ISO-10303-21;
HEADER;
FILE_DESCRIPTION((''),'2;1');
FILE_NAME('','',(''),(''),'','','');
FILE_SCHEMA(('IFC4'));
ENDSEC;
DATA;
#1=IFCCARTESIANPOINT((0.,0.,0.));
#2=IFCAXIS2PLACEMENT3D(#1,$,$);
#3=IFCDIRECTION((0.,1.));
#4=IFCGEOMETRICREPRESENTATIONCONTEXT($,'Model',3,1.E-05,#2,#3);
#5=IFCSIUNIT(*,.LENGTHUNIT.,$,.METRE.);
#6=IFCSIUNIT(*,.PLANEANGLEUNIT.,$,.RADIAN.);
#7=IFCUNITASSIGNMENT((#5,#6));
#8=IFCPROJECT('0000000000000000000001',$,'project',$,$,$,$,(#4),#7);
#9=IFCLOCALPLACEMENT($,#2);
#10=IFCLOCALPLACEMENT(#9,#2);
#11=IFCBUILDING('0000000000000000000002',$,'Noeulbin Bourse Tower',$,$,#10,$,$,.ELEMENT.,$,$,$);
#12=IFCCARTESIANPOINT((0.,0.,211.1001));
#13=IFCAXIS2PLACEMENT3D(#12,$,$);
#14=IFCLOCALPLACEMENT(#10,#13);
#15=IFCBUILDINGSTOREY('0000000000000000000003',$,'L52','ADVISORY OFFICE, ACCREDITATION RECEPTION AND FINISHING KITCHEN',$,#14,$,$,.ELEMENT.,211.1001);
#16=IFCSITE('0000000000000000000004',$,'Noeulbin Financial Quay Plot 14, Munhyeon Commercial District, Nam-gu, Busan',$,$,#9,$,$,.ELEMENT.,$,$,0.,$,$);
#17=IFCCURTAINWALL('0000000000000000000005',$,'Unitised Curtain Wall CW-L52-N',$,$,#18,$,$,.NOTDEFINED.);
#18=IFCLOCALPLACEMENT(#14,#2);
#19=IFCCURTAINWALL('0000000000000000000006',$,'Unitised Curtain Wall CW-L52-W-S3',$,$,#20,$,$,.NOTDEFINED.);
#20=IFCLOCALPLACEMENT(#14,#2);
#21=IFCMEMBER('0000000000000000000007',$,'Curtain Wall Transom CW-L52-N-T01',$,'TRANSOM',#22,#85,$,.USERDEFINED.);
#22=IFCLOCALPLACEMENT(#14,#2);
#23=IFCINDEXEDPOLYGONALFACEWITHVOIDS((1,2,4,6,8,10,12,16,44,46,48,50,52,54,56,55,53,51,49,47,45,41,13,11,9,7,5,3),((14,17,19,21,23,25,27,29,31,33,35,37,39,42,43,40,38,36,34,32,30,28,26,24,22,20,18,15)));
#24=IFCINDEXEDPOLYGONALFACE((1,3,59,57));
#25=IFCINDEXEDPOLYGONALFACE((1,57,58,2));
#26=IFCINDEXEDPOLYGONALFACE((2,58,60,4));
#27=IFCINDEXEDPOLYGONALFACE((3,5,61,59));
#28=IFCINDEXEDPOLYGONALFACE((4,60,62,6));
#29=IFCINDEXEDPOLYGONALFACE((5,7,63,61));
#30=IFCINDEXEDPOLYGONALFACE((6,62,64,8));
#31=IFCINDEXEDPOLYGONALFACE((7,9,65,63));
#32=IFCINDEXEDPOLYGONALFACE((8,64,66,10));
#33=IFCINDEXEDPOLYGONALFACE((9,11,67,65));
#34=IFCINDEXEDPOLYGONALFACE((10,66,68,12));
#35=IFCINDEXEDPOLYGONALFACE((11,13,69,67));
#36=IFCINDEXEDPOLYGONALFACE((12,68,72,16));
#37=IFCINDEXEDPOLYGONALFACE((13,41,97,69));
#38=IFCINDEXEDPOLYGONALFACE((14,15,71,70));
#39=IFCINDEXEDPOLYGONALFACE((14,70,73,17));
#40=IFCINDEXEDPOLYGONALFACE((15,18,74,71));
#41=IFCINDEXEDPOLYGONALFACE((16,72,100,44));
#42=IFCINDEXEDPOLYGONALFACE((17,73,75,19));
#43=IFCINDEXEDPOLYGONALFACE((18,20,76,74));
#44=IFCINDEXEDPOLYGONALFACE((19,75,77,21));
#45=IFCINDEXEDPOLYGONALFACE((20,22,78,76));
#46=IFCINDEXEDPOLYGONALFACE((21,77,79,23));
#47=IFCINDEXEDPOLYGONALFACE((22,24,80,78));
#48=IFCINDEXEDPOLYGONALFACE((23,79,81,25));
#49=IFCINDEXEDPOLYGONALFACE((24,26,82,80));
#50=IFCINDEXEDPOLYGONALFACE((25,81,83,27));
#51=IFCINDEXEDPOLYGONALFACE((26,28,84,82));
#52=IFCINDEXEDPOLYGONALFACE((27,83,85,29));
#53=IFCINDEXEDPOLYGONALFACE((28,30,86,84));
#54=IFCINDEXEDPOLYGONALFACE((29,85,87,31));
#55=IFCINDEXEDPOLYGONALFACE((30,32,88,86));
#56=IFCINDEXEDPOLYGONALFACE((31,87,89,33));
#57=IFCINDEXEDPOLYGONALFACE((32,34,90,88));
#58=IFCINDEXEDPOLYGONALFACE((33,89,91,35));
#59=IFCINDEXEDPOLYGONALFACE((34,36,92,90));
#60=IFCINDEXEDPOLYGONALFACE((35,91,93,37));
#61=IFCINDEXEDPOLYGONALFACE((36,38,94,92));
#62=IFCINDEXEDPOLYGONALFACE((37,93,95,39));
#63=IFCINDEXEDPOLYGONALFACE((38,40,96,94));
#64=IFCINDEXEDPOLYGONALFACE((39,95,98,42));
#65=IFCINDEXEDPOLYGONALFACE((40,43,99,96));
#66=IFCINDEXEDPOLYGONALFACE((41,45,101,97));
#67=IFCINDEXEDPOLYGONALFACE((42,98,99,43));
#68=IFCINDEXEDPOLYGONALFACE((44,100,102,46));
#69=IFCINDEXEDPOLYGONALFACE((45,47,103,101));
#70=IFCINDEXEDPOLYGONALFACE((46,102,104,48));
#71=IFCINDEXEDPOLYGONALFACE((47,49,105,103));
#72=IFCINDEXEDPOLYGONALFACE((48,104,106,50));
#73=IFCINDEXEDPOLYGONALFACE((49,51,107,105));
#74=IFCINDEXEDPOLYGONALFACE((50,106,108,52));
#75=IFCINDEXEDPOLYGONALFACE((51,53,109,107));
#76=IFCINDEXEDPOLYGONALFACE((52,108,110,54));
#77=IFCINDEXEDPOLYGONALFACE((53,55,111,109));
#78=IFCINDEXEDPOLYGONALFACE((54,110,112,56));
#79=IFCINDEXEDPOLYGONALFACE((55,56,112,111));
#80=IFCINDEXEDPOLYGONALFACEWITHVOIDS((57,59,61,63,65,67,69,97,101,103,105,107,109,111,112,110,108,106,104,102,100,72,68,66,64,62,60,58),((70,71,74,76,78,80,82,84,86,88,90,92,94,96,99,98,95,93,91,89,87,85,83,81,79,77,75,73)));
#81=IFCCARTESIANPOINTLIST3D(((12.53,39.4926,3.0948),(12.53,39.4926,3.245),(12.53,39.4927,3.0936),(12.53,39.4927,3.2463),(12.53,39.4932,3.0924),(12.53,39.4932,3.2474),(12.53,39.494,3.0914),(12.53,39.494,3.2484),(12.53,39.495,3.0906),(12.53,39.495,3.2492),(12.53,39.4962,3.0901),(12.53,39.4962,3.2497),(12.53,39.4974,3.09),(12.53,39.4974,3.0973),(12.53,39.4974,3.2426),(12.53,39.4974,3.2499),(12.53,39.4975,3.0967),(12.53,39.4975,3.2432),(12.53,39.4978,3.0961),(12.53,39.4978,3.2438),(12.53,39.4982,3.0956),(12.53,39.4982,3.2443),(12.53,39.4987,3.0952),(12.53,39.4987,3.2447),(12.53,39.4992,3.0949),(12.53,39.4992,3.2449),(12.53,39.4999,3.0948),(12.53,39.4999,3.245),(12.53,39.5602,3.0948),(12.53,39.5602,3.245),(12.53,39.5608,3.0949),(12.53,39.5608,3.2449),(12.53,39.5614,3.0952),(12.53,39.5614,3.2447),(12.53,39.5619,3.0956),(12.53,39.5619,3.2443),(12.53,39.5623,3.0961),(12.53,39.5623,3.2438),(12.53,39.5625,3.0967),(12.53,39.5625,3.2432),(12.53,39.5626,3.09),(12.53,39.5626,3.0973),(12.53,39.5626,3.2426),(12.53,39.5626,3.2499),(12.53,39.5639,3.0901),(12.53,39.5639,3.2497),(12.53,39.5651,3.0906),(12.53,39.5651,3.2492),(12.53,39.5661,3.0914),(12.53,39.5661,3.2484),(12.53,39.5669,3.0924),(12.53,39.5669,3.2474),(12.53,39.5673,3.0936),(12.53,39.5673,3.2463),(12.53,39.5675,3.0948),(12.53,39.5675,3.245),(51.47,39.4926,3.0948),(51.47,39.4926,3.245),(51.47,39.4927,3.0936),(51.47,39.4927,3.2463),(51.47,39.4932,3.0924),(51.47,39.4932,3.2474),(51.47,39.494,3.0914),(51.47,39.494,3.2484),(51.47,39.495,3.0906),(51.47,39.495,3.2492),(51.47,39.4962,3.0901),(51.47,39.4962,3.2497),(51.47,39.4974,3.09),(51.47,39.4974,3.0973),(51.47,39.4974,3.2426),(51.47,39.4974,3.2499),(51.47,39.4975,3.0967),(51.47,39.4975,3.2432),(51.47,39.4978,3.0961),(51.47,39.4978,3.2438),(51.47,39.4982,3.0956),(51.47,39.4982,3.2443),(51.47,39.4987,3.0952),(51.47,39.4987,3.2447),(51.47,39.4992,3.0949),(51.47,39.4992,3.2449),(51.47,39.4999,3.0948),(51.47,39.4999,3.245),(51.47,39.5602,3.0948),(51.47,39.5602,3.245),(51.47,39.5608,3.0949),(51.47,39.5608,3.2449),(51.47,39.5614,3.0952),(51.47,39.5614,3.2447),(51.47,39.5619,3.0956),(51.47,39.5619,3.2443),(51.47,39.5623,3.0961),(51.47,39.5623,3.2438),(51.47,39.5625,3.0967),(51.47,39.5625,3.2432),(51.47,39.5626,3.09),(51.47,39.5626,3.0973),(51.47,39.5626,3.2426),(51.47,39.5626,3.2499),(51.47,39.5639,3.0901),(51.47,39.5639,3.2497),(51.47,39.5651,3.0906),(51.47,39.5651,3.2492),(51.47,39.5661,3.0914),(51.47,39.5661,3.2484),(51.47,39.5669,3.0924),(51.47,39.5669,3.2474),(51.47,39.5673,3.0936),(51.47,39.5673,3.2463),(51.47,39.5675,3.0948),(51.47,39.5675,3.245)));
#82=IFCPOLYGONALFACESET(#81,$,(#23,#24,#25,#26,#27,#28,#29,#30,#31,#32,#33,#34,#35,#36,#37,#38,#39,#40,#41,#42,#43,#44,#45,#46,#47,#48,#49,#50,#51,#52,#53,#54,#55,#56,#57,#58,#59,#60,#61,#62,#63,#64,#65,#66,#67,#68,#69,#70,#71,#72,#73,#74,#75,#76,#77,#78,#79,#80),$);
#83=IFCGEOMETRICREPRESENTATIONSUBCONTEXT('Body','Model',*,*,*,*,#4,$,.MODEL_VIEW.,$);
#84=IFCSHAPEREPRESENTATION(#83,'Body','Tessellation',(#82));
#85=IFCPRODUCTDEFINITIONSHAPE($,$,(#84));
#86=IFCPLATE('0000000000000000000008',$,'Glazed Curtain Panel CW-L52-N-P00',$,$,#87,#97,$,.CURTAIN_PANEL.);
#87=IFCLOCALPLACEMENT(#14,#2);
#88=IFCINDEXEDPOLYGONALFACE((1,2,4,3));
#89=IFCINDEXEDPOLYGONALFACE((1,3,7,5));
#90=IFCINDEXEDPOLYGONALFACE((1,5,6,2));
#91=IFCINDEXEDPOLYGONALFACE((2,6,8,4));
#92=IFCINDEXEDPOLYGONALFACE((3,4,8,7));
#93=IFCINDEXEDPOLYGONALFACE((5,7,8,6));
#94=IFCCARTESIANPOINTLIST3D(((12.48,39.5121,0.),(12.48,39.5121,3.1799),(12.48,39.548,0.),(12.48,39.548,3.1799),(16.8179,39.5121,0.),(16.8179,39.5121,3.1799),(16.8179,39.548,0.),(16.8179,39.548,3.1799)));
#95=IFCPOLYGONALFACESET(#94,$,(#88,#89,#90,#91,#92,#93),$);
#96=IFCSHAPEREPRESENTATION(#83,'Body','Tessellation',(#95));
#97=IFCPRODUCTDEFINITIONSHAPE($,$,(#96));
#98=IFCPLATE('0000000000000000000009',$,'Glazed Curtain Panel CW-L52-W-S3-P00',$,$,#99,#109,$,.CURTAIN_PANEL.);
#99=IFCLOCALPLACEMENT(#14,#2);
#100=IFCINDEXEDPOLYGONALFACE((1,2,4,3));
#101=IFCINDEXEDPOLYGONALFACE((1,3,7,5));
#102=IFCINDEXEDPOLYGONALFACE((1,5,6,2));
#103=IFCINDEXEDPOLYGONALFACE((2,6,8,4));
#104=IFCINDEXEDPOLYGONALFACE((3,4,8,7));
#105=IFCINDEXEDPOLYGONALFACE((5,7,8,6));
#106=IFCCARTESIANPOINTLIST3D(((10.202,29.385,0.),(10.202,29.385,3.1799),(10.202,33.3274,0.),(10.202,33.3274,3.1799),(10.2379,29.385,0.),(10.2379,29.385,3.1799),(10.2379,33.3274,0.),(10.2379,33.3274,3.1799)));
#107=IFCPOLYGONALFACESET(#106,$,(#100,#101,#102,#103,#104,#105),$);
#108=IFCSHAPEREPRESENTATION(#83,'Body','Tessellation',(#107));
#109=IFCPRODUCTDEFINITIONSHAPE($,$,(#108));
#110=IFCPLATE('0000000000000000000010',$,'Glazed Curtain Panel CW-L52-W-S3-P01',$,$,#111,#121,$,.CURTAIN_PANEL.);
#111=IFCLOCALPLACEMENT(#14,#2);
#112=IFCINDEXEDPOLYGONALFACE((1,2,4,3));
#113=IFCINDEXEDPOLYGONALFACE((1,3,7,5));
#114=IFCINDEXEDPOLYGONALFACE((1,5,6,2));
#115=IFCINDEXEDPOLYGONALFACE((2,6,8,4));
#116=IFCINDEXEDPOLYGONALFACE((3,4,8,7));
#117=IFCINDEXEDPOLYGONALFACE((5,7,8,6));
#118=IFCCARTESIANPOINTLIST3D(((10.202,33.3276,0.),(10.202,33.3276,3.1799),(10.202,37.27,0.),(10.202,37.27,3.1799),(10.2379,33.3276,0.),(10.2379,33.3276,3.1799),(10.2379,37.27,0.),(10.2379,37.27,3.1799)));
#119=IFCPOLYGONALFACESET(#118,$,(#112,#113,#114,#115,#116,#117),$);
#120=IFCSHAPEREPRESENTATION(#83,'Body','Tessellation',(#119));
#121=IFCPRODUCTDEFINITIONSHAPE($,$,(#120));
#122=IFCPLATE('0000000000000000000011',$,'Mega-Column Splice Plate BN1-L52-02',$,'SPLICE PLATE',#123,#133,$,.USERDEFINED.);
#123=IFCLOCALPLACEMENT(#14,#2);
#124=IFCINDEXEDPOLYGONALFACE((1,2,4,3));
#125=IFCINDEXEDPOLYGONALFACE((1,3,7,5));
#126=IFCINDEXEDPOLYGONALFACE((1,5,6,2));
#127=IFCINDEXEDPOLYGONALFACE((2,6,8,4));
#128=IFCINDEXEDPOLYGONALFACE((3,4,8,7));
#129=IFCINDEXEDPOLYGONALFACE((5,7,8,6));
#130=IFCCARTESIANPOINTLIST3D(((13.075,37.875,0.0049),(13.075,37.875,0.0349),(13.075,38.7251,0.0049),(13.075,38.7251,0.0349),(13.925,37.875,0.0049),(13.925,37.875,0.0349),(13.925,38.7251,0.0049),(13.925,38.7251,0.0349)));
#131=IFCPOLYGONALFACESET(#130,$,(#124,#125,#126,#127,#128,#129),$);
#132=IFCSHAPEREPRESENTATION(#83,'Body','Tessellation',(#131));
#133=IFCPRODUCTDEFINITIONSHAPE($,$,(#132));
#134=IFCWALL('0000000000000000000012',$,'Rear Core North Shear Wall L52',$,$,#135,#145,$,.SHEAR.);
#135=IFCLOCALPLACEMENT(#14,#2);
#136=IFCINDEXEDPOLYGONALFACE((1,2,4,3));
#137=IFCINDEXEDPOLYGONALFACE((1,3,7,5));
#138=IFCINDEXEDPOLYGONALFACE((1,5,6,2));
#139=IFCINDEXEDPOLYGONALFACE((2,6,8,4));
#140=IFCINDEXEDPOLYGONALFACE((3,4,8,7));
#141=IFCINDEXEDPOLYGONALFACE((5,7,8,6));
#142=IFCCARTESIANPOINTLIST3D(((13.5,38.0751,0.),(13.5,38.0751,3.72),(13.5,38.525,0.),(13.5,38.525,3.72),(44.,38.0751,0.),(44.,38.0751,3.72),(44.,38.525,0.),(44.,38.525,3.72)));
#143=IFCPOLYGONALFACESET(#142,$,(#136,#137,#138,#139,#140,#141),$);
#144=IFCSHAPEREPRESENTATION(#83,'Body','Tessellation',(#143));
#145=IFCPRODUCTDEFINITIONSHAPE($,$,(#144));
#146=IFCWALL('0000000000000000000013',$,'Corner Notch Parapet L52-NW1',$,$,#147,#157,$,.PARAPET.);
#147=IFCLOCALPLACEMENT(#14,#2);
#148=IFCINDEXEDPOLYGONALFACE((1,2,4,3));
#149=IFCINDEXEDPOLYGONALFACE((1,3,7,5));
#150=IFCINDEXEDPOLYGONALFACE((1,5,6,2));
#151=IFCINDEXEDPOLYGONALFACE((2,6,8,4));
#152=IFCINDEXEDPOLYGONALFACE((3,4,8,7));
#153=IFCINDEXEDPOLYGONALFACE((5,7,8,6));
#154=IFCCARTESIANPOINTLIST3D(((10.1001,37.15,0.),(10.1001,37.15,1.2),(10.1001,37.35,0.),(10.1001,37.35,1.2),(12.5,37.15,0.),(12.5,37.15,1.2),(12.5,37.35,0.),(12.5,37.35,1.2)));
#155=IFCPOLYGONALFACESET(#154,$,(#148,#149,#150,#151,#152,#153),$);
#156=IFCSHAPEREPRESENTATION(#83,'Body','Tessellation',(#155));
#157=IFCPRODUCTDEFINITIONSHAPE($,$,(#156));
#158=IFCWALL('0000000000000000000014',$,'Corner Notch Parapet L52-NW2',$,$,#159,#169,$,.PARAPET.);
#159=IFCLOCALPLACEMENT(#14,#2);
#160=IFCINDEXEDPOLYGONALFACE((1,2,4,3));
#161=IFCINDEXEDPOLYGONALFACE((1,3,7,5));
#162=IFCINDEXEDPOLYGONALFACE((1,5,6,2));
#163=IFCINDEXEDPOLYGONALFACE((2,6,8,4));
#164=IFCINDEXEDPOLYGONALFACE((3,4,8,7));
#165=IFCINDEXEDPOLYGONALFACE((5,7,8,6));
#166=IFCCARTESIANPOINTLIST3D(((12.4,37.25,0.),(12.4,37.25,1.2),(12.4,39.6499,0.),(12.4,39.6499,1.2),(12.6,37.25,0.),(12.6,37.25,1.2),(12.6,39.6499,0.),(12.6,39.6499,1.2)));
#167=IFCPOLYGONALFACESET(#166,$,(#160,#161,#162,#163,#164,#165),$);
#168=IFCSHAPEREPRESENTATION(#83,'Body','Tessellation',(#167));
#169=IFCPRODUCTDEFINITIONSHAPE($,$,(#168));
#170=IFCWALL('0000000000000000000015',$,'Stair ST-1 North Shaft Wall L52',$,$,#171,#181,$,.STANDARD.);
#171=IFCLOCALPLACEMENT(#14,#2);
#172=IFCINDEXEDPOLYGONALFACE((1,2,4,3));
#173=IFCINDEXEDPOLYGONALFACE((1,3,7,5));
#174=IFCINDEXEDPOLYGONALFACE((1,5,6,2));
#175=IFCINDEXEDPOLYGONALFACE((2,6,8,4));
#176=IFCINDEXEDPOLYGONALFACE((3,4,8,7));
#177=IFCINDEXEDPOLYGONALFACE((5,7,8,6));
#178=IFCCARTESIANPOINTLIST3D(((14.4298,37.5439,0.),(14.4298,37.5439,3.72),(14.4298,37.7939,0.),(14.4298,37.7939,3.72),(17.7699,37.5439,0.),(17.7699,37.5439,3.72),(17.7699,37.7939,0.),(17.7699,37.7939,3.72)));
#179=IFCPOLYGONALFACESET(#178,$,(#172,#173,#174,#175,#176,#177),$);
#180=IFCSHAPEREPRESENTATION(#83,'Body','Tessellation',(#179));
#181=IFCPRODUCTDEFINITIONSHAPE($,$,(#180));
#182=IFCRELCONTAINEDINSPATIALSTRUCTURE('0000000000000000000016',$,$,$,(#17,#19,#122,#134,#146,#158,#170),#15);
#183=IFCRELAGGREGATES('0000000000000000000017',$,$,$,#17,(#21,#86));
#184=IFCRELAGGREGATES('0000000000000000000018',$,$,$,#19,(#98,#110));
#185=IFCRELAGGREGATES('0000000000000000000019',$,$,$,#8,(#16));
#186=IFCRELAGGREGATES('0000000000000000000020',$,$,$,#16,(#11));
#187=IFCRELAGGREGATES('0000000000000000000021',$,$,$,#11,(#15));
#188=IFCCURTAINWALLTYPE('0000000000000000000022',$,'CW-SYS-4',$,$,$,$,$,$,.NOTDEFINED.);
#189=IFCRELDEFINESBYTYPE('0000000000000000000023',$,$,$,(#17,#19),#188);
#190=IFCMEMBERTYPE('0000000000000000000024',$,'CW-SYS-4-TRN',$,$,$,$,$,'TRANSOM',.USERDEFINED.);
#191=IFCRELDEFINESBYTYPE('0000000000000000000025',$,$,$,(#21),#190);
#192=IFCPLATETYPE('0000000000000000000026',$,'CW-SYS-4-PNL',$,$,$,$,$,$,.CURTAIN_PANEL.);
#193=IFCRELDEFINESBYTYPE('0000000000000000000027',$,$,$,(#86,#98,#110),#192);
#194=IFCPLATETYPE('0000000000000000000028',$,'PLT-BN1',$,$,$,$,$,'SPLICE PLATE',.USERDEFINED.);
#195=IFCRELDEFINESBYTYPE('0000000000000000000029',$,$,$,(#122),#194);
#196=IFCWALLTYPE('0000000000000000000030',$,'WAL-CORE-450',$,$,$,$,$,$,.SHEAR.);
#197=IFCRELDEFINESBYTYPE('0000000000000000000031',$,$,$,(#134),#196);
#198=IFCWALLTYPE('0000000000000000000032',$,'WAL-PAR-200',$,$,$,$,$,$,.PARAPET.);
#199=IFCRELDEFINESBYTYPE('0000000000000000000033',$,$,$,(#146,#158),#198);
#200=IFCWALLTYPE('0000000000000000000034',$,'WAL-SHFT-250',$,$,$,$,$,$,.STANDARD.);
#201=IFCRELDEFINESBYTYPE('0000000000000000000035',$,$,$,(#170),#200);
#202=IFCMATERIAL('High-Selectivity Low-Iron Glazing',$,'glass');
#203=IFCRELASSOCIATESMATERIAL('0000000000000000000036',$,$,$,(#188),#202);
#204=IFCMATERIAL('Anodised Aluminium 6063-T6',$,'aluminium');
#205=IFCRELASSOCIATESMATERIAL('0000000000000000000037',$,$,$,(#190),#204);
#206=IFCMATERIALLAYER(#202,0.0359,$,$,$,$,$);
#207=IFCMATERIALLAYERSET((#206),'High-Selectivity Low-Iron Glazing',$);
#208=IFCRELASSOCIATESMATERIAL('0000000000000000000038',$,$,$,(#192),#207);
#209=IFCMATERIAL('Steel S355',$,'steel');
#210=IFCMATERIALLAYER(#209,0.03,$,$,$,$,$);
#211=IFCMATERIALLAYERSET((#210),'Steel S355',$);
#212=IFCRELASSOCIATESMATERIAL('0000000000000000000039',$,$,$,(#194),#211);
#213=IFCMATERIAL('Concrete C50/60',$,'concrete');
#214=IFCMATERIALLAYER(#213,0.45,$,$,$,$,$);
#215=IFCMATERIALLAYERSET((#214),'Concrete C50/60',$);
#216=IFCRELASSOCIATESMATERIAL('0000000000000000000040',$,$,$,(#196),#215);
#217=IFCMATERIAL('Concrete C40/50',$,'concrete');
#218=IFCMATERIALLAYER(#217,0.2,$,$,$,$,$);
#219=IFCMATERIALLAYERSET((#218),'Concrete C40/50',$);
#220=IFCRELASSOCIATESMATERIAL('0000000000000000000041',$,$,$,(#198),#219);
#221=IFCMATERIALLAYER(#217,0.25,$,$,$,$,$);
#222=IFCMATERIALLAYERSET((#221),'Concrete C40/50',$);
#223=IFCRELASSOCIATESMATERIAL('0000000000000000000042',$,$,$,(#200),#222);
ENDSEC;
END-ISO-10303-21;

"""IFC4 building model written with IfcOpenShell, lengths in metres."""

from ifc_helpers import new_model, si_unit, direction, frame, frame_2d, origin, origin_2d, place, context, subcontext, project, spatial, rectangle, hollow_rectangle, extrude, material, layer, layer_set, material_profile, profile_set, type_object, element, aggregate, save


model = new_model("IFC4")

# Units and contexts
model_context = context("Model", 3, precision=1e-05, world=origin(), true_north=direction((0.0, 1.0)))
body_context = subcontext(model_context, "Body", "Model", "MODEL_VIEW")
ifc_project = project(units=[si_unit("LENGTHUNIT", "METRE"), si_unit("PLANEANGLEUNIT", "RADIAN")], contexts=[model_context])

# Site, building, storey
site_placement = place(None, origin())
site = spatial("IfcSite", under=ifc_project, at=site_placement, Name="Noeulbin Financial Quay Plot 14, Munhyeon Commercial District, Nam-gu, Busan", CompositionType="ELEMENT", RefElevation=0.0)
building_placement = place(site_placement, origin())
building = spatial("IfcBuilding", under=site, at=building_placement, Name="Noeulbin Bourse Tower", CompositionType="ELEMENT")
storey_placement = place(building_placement, frame((0.0, 0.0, 211.1001)))
storey = spatial("IfcBuildingStorey", under=building, at=storey_placement, Name="L52", Description="ADVISORY OFFICE, ACCREDITATION RECEPTION AND FINISHING KITCHEN", CompositionType="ELEMENT", Elevation=211.1001)

# Shared definitions
ifc_material_1 = material(Name="Steel S355", Category="steel")

# Curtain wall
ifc_material_2 = material(Name="High-Selectivity Low-Iron Glazing", Category="glass")
curtain_wall_type = type_object("IfcCurtainWallType", Name="CW-SYS-4", PredefinedType="NOTDEFINED", material=ifc_material_2)
curtain_wall_1_placement = place(storey_placement, origin())
curtain_wall_1 = element("IfcCurtainWall", 1, at=curtain_wall_1_placement, inside=storey, type_object=curtain_wall_type, Name="Unitised Curtain Wall CW-L52-N", PredefinedType="NOTDEFINED")
ifc_material_3 = material(Name="Anodised Aluminium 6063-T6", Category="aluminium")

# Curtain wall
curtain_wall_2_placement = place(storey_placement, origin())
curtain_wall_2 = element("IfcCurtainWall", 2, at=curtain_wall_2_placement, inside=storey, type_object=curtain_wall_type, Name="Unitised Curtain Wall CW-L52-W-S3", PredefinedType="NOTDEFINED")

# Member
ifc_material_profile_1 = material_profile(ifc_material_3, hollow_rectangle(XDim=0.075, YDim=0.1599, WallThickness=0.0049, InnerFilletRadius=0.0024, OuterFilletRadius=0.0049, at=origin_2d()), Name="ALU-TRAN-75x160x5", Category="LoadBearing")
ifc_profile_set_1 = profile_set([ifc_material_profile_1], Name="Anodised Aluminium 6063-T6")
member_type_1 = type_object("IfcMemberType", Name="CW-SYS-4-TRN", ElementType="TRANSOM", PredefinedType="USERDEFINED", material=ifc_profile_set_1)
member_1_placement = place(storey_placement, frame((12.53, 39.53, 3.1699), z_axis=(1.0, 0.0, 0.0), x_axis=(0.0, 1.0, 0.0)))
member_1 = element("IfcMember", 3, at=member_1_placement, type_object=member_type_1, Name="Curtain Wall Transom CW-L52-N-T01", ObjectType="TRANSOM", PredefinedType="USERDEFINED", context=body_context, shape_type="SweptSolid", body=[
    extrude(hollow_rectangle(XDim=0.075, YDim=0.1599, WallThickness=0.0049, InnerFilletRadius=0.0024, OuterFilletRadius=0.0049, at=origin_2d()), origin(), (0.0, 0.0, 1.0), 38.9399),
])

# Plates
ifc_layer_1 = layer(ifc_material_2, 0.0359)
ifc_layer_set_1 = layer_set([ifc_layer_1], Name="High-Selectivity Low-Iron Glazing")
plate_type_1 = type_object("IfcPlateType", Name="CW-SYS-4-PNL", PredefinedType="CURTAIN_PANEL", material=ifc_layer_set_1)
plate_1_placement = place(storey_placement, frame((14.6489, 39.53, 0.0), z_axis=(0.0, 0.0, 1.0), x_axis=(1.0, 0.0, 0.0)))
plate_1 = element("IfcPlate", 4, at=plate_1_placement, type_object=plate_type_1, Name="Glazed Curtain Panel CW-L52-N-P00", PredefinedType="CURTAIN_PANEL", context=body_context, shape_type="SweptSolid", body=[
    extrude(rectangle(XDim=4.3379, YDim=0.0359, at=origin_2d()), origin(), (0.0, 0.0, 1.0), 3.1799),
])
aggregate(curtain_wall_1, [member_1, plate_1])
plate_2_placement = place(storey_placement, frame((10.22, 31.3562, 0.0), z_axis=(0.0, 0.0, 1.0), x_axis=(0.0, 1.0, 0.0)))
plate_2 = element("IfcPlate", 5, at=plate_2_placement, type_object=plate_type_1, Name="Glazed Curtain Panel CW-L52-W-S3-P00", PredefinedType="CURTAIN_PANEL", context=body_context, shape_type="SweptSolid", body=[
    extrude(rectangle(XDim=3.9424, YDim=0.0359, at=origin_2d()), origin(), (0.0, 0.0, 1.0), 3.1799),
])
plate_3_placement = place(storey_placement, frame((10.22, 35.2988, 0.0), z_axis=(0.0, 0.0, 1.0), x_axis=(0.0, 1.0, 0.0)))
plate_3 = element("IfcPlate", 6, at=plate_3_placement, type_object=plate_type_1, Name="Glazed Curtain Panel CW-L52-W-S3-P01", PredefinedType="CURTAIN_PANEL", context=body_context, shape_type="SweptSolid", body=[
    extrude(rectangle(XDim=3.9424, YDim=0.0359, at=origin_2d()), origin(), (0.0, 0.0, 1.0), 3.1799),
])
aggregate(curtain_wall_2, [plate_2, plate_3])
ifc_layer_2 = layer(ifc_material_1, 0.03)
ifc_layer_set_2 = layer_set([ifc_layer_2], Name="Steel S355")
plate_type_2 = type_object("IfcPlateType", Name="PLT-BN1", ElementType="SPLICE PLATE", PredefinedType="USERDEFINED", material=ifc_layer_set_2)
plate_4_placement = place(storey_placement, frame((13.5, 38.3, 0.0049), z_axis=(0.0, 0.0, 1.0), x_axis=(1.0, 0.0, 0.0)))
element("IfcPlate", 7, at=plate_4_placement, inside=storey, type_object=plate_type_2, Name="Mega-Column Splice Plate BN1-L52-02", ObjectType="SPLICE PLATE", PredefinedType="USERDEFINED", context=body_context, shape_type="SweptSolid", body=[
    extrude(rectangle(XDim=0.8501, YDim=0.8501, at=origin_2d()), origin(), (0.0, 0.0, 1.0), 0.03),
])

# Walls
ifc_material_4 = material(Name="Concrete C50/60", Category="concrete")
ifc_layer_3 = layer(ifc_material_4, 0.45)
ifc_layer_set_3 = layer_set([ifc_layer_3], Name="Concrete C50/60")
wall_type_1 = type_object("IfcWallType", Name="WAL-CORE-450", PredefinedType="SHEAR", material=ifc_layer_set_3)
wall_1_placement = place(storey_placement, frame((13.5, 38.3, 0.0), z_axis=(0.0, 0.0, 1.0), x_axis=(1.0, 0.0, 0.0)))
element("IfcWall", 8, at=wall_1_placement, inside=storey, type_object=wall_type_1, Name="Rear Core North Shear Wall L52", PredefinedType="SHEAR", context=body_context, shape_type="SweptSolid", body=[
    extrude(rectangle(XDim=30.5, YDim=0.45, at=frame_2d((15.25, 0.0))), origin(), (0.0, 0.0, 1.0), 3.72),
])
ifc_material_5 = material(Name="Concrete C40/50", Category="concrete")
ifc_layer_4 = layer(ifc_material_5, 0.2)
ifc_layer_set_4 = layer_set([ifc_layer_4], Name="Concrete C40/50")
wall_type_2 = type_object("IfcWallType", Name="WAL-PAR-200", PredefinedType="PARAPET", material=ifc_layer_set_4)
for number, where, z_axis, x_axis, name in (
    (9, (10.1001, 37.25, 0.0), (0.0, 0.0, 1.0), (1.0, 0.0, 0.0), "Corner Notch Parapet L52-NW1"),
    (10, (12.5, 37.25, 0.0), (0.0, 0.0, 1.0), (0.0, 1.0, 0.0), "Corner Notch Parapet L52-NW2"),
):
    element("IfcWall", number, at=place(storey_placement, frame(where, z_axis=z_axis, x_axis=x_axis)), inside=storey, type_object=wall_type_2, Name=name, PredefinedType="PARAPET", context=body_context, shape_type="SweptSolid", body=[
        extrude(rectangle(XDim=2.3999, YDim=0.2, at=frame_2d((1.2, 0.0))), origin(), (0.0, 0.0, 1.0), 1.2),
    ])
ifc_layer_5 = layer(ifc_material_5, 0.25)
ifc_layer_set_5 = layer_set([ifc_layer_5], Name="Concrete C40/50")
wall_type_3 = type_object("IfcWallType", Name="WAL-SHFT-250", PredefinedType="STANDARD", material=ifc_layer_set_5)
wall_2_placement = place(storey_placement, frame((14.4299, 37.6689, 0.0), z_axis=(0.0, 0.0, 1.0), x_axis=(1.0, 0.0, 0.0)))
element("IfcWall", 11, at=wall_2_placement, inside=storey, type_object=wall_type_3, Name="Stair ST-1 North Shaft Wall L52", PredefinedType="STANDARD", context=body_context, shape_type="SweptSolid", body=[
    extrude(rectangle(XDim=3.3401, YDim=0.25, at=frame_2d((1.6699, 0.0))), origin(), (0.0, 0.0, 1.0), 3.72),
])

save(model, "model.ifc")
